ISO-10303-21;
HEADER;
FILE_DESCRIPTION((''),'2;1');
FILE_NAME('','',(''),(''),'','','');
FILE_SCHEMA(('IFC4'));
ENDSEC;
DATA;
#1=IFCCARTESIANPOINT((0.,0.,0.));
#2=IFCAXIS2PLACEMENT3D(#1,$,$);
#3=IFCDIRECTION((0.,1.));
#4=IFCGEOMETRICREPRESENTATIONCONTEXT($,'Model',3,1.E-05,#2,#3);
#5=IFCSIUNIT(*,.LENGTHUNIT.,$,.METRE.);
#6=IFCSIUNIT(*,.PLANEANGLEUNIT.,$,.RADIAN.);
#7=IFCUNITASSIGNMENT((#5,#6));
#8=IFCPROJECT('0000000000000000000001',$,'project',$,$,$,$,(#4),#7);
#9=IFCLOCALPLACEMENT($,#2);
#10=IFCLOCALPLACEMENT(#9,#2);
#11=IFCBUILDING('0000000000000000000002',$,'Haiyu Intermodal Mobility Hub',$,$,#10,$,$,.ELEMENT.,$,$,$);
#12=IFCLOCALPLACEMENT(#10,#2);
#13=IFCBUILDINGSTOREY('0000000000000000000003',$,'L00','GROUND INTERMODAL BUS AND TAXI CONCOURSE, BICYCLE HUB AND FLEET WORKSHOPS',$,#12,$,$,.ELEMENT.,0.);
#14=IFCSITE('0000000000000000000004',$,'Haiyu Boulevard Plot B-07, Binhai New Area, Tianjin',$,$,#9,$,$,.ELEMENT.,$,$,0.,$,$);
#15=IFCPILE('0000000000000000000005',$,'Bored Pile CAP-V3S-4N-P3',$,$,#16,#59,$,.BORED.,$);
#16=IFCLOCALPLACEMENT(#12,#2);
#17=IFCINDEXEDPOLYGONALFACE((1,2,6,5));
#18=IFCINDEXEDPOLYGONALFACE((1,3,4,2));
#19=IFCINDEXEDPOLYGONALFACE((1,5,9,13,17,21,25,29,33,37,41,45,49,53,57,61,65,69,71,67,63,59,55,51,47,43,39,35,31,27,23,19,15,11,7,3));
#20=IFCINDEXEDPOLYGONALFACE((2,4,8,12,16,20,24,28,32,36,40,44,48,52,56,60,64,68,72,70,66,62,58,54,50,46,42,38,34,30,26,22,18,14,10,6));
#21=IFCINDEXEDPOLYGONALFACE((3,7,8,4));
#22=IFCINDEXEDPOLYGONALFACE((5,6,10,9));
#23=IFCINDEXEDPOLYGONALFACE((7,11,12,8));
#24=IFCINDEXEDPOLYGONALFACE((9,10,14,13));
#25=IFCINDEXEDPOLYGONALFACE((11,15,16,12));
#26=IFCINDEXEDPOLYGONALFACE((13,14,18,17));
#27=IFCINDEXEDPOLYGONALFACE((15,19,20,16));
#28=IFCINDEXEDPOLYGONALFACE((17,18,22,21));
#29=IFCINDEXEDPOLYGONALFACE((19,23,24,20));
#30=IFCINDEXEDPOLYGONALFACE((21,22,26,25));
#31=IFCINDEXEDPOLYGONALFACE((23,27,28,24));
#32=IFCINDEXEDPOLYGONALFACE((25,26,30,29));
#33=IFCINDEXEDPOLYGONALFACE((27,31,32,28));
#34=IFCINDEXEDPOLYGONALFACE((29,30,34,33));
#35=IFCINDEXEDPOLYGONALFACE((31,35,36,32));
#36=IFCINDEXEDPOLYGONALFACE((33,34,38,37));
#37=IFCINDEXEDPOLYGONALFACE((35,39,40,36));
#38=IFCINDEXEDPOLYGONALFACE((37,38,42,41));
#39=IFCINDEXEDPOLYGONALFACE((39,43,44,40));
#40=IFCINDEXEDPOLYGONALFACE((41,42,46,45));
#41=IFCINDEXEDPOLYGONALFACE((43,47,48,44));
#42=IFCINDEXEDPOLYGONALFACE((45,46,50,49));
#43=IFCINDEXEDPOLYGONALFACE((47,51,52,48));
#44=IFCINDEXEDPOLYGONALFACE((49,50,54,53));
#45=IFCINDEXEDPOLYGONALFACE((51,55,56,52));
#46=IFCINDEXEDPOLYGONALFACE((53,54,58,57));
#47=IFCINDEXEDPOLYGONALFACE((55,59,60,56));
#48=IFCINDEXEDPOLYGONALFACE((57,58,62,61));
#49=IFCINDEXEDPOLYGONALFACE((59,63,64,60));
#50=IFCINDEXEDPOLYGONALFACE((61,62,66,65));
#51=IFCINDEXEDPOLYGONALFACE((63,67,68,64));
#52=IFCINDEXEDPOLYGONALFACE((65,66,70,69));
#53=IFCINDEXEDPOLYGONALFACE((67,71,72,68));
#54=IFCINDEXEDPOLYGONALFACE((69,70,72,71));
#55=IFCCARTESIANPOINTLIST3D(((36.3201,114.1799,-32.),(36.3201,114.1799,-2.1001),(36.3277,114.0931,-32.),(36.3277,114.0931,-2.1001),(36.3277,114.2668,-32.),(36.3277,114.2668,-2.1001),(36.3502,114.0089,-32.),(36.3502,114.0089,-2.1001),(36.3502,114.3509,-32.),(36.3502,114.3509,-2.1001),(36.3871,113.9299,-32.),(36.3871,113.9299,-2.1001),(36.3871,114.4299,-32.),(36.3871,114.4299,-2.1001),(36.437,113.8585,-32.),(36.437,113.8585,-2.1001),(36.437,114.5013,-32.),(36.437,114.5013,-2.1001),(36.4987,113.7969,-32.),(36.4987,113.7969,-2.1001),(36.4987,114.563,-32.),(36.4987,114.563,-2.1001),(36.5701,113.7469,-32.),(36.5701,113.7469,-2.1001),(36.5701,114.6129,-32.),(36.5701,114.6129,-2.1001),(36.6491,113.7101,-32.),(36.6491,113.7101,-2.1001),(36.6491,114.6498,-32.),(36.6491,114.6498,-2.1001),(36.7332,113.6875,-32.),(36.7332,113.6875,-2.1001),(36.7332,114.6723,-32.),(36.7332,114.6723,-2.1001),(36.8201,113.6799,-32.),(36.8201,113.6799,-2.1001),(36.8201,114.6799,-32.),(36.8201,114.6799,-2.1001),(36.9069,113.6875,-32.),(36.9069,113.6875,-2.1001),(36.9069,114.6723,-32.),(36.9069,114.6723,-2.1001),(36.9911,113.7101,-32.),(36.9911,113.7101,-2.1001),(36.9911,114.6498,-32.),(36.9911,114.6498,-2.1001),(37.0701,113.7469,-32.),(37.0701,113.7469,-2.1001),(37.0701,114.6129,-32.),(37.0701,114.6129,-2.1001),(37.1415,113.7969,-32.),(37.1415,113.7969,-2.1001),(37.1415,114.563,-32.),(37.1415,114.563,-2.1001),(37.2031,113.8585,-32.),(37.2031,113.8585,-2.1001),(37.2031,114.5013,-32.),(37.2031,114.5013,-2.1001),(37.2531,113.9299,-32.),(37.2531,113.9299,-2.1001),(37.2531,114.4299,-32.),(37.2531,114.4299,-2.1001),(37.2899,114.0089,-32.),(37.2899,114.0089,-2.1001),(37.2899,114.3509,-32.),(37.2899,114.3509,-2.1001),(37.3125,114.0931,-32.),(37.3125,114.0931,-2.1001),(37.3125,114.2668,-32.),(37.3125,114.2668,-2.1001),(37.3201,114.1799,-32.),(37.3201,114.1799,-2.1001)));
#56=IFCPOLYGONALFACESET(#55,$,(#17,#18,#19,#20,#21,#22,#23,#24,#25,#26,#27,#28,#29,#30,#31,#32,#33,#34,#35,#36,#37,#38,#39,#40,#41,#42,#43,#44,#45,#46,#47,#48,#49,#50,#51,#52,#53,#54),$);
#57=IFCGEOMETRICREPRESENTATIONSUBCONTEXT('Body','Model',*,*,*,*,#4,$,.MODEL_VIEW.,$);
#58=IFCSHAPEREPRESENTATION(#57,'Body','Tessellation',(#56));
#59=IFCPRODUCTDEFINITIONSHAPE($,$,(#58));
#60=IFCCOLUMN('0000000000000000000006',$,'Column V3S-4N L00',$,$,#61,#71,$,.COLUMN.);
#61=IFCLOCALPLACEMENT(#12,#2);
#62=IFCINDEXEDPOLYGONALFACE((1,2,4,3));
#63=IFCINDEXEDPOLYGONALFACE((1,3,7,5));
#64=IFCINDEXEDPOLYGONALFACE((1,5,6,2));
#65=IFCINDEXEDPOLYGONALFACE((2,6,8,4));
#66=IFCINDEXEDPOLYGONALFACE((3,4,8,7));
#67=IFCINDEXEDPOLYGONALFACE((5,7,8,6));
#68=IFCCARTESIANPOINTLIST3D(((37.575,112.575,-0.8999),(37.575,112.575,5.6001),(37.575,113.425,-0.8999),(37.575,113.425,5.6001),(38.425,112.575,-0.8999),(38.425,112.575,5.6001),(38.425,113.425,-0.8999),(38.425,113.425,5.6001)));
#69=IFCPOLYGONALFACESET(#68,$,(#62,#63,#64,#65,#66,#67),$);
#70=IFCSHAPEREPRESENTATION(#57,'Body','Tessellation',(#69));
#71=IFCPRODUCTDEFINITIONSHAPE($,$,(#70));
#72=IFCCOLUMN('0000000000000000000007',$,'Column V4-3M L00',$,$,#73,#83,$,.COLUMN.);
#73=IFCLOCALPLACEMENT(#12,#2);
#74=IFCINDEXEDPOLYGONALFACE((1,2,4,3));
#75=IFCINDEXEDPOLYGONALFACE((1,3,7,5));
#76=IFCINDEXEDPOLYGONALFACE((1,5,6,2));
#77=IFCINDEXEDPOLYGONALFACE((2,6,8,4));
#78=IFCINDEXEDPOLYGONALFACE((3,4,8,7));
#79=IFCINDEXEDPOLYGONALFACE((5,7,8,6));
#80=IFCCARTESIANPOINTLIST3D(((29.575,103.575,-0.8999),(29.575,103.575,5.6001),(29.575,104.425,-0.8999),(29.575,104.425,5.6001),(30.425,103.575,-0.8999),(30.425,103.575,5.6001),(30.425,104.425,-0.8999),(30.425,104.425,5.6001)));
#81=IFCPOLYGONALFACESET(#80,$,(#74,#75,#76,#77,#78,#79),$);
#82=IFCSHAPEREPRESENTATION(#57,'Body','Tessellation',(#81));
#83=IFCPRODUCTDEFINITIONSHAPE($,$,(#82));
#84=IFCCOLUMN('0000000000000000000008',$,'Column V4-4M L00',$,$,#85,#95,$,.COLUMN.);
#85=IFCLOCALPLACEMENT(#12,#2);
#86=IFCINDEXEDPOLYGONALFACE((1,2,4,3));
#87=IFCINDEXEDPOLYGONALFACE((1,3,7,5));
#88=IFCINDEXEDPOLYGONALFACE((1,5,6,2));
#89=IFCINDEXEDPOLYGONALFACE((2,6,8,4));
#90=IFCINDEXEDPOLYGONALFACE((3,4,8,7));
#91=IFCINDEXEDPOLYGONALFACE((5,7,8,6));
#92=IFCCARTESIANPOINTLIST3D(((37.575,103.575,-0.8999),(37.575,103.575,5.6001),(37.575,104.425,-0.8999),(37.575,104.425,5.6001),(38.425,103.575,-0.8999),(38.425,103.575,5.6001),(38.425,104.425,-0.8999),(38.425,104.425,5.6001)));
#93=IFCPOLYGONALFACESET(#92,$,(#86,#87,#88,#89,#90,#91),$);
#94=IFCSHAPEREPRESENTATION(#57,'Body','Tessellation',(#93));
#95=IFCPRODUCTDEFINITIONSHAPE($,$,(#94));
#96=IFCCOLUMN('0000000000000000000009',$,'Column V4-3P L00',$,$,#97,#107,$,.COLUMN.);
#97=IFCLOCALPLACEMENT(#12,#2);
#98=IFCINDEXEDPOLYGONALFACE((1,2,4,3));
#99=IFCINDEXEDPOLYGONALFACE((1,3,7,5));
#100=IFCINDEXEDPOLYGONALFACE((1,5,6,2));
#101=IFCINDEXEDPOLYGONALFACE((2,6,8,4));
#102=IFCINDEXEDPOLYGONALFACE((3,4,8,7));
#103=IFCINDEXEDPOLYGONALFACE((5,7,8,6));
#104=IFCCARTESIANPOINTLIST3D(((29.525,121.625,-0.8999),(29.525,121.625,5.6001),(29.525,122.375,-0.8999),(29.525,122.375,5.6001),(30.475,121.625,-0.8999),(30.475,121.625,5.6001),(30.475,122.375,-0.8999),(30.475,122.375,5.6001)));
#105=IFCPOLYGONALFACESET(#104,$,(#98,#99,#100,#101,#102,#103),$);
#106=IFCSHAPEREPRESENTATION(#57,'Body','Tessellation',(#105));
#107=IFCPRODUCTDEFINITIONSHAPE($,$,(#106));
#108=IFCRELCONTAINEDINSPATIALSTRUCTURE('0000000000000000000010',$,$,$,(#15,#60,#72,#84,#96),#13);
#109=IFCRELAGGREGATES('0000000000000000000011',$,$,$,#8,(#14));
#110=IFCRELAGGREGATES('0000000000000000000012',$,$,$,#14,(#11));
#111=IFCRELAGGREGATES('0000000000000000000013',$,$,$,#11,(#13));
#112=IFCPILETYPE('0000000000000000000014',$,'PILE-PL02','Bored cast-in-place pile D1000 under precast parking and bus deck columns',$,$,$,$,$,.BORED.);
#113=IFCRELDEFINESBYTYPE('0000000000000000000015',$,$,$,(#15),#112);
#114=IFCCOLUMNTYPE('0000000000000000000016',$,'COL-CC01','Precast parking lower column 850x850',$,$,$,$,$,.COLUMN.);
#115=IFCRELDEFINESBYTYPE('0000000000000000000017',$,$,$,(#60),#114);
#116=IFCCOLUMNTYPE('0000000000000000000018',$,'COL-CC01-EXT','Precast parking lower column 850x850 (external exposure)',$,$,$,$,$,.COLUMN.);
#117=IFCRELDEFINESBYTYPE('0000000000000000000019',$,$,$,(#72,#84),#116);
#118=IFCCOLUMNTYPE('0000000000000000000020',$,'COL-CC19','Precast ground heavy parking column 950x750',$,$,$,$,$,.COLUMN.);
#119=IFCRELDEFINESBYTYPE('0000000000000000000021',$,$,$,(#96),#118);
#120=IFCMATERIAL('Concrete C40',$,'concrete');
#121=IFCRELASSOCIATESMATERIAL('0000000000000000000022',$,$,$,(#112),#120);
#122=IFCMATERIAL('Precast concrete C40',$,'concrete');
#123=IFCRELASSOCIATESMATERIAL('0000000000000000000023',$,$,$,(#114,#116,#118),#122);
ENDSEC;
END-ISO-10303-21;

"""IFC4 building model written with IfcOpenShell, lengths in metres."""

from ifc_helpers import new_model, si_unit, direction, frame, origin, origin_2d, place, context, subcontext, project, spatial, rectangle, circle, extrude, material, material_profile, profile_set, type_object, element, save


model = new_model("IFC4")

# Units and contexts
model_context = context("Model", 3, precision=1e-05, world=origin(), true_north=direction((0.0, 1.0)))
body_context = subcontext(model_context, "Body", "Model", "MODEL_VIEW")
ifc_project = project(units=[si_unit("LENGTHUNIT", "METRE"), si_unit("PLANEANGLEUNIT", "RADIAN")], contexts=[model_context])

# Site, building, storey
site_placement = place(None, origin())
site = spatial("IfcSite", under=ifc_project, at=site_placement, Name="Haiyu Boulevard Plot B-07, Binhai New Area, Tianjin", CompositionType="ELEMENT", RefElevation=0.0)
building_placement = place(site_placement, origin())
building = spatial("IfcBuilding", under=site, at=building_placement, Name="Haiyu Intermodal Mobility Hub", CompositionType="ELEMENT")
storey_placement = place(building_placement, origin())
storey = spatial("IfcBuildingStorey", under=building, at=storey_placement, Name="L00", Description="GROUND INTERMODAL BUS AND TAXI CONCOURSE, BICYCLE HUB AND FLEET WORKSHOPS", CompositionType="ELEMENT", Elevation=0.0)

# Shared definitions
ifc_material_1 = material(Name="Concrete C40", Category="concrete")

# Pile
ifc_material_profile_1 = material_profile(ifc_material_1, circle(Radius=0.5, at=origin_2d()), Name="PILE-D1000")
ifc_profile_set_1 = profile_set([ifc_material_profile_1], Name="Concrete C40")
pile_type = type_object("IfcPileType", Name="PILE-PL02", Description="Bored cast-in-place pile D1000 under precast parking and bus deck columns", PredefinedType="BORED", material=ifc_profile_set_1)
for number, where, z_axis, x_axis, name in (
    (1, (36.8201, 114.1799, -2.1001), (0.0, 0.0, -1.0), (1.0, 0.0, 0.0), "Bored Pile CAP-V3S-4N-P3"),
):
    element("IfcPile", number, at=place(storey_placement, frame(where, z_axis=z_axis, x_axis=x_axis)), inside=storey, type_object=pile_type, Name=name, PredefinedType="BORED", context=body_context, shape_type="SweptSolid", body=[
        extrude(circle(Radius=0.5, at=origin_2d()), origin(), (0.0, 0.0, 1.0), 29.8999),
    ])

# Columns
ifc_material_2 = material(Name="Precast concrete C40", Category="concrete")
ifc_material_profile_2 = material_profile(ifc_material_2, rectangle(XDim=0.8501, YDim=0.8501, at=origin_2d()), Name="RC850x850")
ifc_profile_set_2 = profile_set([ifc_material_profile_2], Name="Precast concrete C40")
column_type_1 = type_object("IfcColumnType", Name="COL-CC01", Description="Precast parking lower column 850x850", PredefinedType="COLUMN", material=ifc_profile_set_2)
column_1_placement = place(storey_placement, frame((38.0, 113.0, -0.8999), z_axis=(0.0, 0.0, 1.0), x_axis=(1.0, 0.0, 0.0)))
element("IfcColumn", 2, at=column_1_placement, inside=storey, type_object=column_type_1, Name="Column V3S-4N L00", PredefinedType="COLUMN", context=body_context, shape_type="SweptSolid", body=[
    extrude(rectangle(XDim=0.8501, YDim=0.8501, at=origin_2d()), origin(), (0.0, 0.0, 1.0), 6.5),
])
ifc_material_profile_3 = material_profile(ifc_material_2, rectangle(XDim=0.8501, YDim=0.8501, at=origin_2d()), Name="RC850x850")
ifc_profile_set_3 = profile_set([ifc_material_profile_3], Name="Precast concrete C40")
column_type_2 = type_object("IfcColumnType", Name="COL-CC01-EXT", Description="Precast parking lower column 850x850 (external exposure)", PredefinedType="COLUMN", material=ifc_profile_set_3)
for number, where, z_axis, x_axis, name in (
    (3, (30.0, 104.0, -0.8999), (0.0, 0.0, 1.0), (1.0, 0.0, 0.0), "Column V4-3M L00"),
    (4, (38.0, 104.0, -0.8999), (0.0, 0.0, 1.0), (1.0, 0.0, 0.0), "Column V4-4M L00"),
):
    element("IfcColumn", number, at=place(storey_placement, frame(where, z_axis=z_axis, x_axis=x_axis)), inside=storey, type_object=column_type_2, Name=name, PredefinedType="COLUMN", context=body_context, shape_type="SweptSolid", body=[
        extrude(rectangle(XDim=0.8501, YDim=0.8501, at=origin_2d()), origin(), (0.0, 0.0, 1.0), 6.5),
    ])
ifc_material_profile_4 = material_profile(ifc_material_2, rectangle(XDim=0.95, YDim=0.75, at=origin_2d()), Name="C950x750")
ifc_profile_set_4 = profile_set([ifc_material_profile_4], Name="Precast concrete C40")
column_type_3 = type_object("IfcColumnType", Name="COL-CC19", Description="Precast ground heavy parking column 950x750", PredefinedType="COLUMN", material=ifc_profile_set_4)
column_2_placement = place(storey_placement, frame((30.0, 122.0, -0.8999), z_axis=(0.0, 0.0, 1.0), x_axis=(1.0, 0.0, 0.0)))
element("IfcColumn", 5, at=column_2_placement, inside=storey, type_object=column_type_3, Name="Column V4-3P L00", PredefinedType="COLUMN", context=body_context, shape_type="SweptSolid", body=[
    extrude(rectangle(XDim=0.95, YDim=0.75, at=origin_2d()), origin(), (0.0, 0.0, 1.0), 6.5),
])

save(model, "model.ifc")
